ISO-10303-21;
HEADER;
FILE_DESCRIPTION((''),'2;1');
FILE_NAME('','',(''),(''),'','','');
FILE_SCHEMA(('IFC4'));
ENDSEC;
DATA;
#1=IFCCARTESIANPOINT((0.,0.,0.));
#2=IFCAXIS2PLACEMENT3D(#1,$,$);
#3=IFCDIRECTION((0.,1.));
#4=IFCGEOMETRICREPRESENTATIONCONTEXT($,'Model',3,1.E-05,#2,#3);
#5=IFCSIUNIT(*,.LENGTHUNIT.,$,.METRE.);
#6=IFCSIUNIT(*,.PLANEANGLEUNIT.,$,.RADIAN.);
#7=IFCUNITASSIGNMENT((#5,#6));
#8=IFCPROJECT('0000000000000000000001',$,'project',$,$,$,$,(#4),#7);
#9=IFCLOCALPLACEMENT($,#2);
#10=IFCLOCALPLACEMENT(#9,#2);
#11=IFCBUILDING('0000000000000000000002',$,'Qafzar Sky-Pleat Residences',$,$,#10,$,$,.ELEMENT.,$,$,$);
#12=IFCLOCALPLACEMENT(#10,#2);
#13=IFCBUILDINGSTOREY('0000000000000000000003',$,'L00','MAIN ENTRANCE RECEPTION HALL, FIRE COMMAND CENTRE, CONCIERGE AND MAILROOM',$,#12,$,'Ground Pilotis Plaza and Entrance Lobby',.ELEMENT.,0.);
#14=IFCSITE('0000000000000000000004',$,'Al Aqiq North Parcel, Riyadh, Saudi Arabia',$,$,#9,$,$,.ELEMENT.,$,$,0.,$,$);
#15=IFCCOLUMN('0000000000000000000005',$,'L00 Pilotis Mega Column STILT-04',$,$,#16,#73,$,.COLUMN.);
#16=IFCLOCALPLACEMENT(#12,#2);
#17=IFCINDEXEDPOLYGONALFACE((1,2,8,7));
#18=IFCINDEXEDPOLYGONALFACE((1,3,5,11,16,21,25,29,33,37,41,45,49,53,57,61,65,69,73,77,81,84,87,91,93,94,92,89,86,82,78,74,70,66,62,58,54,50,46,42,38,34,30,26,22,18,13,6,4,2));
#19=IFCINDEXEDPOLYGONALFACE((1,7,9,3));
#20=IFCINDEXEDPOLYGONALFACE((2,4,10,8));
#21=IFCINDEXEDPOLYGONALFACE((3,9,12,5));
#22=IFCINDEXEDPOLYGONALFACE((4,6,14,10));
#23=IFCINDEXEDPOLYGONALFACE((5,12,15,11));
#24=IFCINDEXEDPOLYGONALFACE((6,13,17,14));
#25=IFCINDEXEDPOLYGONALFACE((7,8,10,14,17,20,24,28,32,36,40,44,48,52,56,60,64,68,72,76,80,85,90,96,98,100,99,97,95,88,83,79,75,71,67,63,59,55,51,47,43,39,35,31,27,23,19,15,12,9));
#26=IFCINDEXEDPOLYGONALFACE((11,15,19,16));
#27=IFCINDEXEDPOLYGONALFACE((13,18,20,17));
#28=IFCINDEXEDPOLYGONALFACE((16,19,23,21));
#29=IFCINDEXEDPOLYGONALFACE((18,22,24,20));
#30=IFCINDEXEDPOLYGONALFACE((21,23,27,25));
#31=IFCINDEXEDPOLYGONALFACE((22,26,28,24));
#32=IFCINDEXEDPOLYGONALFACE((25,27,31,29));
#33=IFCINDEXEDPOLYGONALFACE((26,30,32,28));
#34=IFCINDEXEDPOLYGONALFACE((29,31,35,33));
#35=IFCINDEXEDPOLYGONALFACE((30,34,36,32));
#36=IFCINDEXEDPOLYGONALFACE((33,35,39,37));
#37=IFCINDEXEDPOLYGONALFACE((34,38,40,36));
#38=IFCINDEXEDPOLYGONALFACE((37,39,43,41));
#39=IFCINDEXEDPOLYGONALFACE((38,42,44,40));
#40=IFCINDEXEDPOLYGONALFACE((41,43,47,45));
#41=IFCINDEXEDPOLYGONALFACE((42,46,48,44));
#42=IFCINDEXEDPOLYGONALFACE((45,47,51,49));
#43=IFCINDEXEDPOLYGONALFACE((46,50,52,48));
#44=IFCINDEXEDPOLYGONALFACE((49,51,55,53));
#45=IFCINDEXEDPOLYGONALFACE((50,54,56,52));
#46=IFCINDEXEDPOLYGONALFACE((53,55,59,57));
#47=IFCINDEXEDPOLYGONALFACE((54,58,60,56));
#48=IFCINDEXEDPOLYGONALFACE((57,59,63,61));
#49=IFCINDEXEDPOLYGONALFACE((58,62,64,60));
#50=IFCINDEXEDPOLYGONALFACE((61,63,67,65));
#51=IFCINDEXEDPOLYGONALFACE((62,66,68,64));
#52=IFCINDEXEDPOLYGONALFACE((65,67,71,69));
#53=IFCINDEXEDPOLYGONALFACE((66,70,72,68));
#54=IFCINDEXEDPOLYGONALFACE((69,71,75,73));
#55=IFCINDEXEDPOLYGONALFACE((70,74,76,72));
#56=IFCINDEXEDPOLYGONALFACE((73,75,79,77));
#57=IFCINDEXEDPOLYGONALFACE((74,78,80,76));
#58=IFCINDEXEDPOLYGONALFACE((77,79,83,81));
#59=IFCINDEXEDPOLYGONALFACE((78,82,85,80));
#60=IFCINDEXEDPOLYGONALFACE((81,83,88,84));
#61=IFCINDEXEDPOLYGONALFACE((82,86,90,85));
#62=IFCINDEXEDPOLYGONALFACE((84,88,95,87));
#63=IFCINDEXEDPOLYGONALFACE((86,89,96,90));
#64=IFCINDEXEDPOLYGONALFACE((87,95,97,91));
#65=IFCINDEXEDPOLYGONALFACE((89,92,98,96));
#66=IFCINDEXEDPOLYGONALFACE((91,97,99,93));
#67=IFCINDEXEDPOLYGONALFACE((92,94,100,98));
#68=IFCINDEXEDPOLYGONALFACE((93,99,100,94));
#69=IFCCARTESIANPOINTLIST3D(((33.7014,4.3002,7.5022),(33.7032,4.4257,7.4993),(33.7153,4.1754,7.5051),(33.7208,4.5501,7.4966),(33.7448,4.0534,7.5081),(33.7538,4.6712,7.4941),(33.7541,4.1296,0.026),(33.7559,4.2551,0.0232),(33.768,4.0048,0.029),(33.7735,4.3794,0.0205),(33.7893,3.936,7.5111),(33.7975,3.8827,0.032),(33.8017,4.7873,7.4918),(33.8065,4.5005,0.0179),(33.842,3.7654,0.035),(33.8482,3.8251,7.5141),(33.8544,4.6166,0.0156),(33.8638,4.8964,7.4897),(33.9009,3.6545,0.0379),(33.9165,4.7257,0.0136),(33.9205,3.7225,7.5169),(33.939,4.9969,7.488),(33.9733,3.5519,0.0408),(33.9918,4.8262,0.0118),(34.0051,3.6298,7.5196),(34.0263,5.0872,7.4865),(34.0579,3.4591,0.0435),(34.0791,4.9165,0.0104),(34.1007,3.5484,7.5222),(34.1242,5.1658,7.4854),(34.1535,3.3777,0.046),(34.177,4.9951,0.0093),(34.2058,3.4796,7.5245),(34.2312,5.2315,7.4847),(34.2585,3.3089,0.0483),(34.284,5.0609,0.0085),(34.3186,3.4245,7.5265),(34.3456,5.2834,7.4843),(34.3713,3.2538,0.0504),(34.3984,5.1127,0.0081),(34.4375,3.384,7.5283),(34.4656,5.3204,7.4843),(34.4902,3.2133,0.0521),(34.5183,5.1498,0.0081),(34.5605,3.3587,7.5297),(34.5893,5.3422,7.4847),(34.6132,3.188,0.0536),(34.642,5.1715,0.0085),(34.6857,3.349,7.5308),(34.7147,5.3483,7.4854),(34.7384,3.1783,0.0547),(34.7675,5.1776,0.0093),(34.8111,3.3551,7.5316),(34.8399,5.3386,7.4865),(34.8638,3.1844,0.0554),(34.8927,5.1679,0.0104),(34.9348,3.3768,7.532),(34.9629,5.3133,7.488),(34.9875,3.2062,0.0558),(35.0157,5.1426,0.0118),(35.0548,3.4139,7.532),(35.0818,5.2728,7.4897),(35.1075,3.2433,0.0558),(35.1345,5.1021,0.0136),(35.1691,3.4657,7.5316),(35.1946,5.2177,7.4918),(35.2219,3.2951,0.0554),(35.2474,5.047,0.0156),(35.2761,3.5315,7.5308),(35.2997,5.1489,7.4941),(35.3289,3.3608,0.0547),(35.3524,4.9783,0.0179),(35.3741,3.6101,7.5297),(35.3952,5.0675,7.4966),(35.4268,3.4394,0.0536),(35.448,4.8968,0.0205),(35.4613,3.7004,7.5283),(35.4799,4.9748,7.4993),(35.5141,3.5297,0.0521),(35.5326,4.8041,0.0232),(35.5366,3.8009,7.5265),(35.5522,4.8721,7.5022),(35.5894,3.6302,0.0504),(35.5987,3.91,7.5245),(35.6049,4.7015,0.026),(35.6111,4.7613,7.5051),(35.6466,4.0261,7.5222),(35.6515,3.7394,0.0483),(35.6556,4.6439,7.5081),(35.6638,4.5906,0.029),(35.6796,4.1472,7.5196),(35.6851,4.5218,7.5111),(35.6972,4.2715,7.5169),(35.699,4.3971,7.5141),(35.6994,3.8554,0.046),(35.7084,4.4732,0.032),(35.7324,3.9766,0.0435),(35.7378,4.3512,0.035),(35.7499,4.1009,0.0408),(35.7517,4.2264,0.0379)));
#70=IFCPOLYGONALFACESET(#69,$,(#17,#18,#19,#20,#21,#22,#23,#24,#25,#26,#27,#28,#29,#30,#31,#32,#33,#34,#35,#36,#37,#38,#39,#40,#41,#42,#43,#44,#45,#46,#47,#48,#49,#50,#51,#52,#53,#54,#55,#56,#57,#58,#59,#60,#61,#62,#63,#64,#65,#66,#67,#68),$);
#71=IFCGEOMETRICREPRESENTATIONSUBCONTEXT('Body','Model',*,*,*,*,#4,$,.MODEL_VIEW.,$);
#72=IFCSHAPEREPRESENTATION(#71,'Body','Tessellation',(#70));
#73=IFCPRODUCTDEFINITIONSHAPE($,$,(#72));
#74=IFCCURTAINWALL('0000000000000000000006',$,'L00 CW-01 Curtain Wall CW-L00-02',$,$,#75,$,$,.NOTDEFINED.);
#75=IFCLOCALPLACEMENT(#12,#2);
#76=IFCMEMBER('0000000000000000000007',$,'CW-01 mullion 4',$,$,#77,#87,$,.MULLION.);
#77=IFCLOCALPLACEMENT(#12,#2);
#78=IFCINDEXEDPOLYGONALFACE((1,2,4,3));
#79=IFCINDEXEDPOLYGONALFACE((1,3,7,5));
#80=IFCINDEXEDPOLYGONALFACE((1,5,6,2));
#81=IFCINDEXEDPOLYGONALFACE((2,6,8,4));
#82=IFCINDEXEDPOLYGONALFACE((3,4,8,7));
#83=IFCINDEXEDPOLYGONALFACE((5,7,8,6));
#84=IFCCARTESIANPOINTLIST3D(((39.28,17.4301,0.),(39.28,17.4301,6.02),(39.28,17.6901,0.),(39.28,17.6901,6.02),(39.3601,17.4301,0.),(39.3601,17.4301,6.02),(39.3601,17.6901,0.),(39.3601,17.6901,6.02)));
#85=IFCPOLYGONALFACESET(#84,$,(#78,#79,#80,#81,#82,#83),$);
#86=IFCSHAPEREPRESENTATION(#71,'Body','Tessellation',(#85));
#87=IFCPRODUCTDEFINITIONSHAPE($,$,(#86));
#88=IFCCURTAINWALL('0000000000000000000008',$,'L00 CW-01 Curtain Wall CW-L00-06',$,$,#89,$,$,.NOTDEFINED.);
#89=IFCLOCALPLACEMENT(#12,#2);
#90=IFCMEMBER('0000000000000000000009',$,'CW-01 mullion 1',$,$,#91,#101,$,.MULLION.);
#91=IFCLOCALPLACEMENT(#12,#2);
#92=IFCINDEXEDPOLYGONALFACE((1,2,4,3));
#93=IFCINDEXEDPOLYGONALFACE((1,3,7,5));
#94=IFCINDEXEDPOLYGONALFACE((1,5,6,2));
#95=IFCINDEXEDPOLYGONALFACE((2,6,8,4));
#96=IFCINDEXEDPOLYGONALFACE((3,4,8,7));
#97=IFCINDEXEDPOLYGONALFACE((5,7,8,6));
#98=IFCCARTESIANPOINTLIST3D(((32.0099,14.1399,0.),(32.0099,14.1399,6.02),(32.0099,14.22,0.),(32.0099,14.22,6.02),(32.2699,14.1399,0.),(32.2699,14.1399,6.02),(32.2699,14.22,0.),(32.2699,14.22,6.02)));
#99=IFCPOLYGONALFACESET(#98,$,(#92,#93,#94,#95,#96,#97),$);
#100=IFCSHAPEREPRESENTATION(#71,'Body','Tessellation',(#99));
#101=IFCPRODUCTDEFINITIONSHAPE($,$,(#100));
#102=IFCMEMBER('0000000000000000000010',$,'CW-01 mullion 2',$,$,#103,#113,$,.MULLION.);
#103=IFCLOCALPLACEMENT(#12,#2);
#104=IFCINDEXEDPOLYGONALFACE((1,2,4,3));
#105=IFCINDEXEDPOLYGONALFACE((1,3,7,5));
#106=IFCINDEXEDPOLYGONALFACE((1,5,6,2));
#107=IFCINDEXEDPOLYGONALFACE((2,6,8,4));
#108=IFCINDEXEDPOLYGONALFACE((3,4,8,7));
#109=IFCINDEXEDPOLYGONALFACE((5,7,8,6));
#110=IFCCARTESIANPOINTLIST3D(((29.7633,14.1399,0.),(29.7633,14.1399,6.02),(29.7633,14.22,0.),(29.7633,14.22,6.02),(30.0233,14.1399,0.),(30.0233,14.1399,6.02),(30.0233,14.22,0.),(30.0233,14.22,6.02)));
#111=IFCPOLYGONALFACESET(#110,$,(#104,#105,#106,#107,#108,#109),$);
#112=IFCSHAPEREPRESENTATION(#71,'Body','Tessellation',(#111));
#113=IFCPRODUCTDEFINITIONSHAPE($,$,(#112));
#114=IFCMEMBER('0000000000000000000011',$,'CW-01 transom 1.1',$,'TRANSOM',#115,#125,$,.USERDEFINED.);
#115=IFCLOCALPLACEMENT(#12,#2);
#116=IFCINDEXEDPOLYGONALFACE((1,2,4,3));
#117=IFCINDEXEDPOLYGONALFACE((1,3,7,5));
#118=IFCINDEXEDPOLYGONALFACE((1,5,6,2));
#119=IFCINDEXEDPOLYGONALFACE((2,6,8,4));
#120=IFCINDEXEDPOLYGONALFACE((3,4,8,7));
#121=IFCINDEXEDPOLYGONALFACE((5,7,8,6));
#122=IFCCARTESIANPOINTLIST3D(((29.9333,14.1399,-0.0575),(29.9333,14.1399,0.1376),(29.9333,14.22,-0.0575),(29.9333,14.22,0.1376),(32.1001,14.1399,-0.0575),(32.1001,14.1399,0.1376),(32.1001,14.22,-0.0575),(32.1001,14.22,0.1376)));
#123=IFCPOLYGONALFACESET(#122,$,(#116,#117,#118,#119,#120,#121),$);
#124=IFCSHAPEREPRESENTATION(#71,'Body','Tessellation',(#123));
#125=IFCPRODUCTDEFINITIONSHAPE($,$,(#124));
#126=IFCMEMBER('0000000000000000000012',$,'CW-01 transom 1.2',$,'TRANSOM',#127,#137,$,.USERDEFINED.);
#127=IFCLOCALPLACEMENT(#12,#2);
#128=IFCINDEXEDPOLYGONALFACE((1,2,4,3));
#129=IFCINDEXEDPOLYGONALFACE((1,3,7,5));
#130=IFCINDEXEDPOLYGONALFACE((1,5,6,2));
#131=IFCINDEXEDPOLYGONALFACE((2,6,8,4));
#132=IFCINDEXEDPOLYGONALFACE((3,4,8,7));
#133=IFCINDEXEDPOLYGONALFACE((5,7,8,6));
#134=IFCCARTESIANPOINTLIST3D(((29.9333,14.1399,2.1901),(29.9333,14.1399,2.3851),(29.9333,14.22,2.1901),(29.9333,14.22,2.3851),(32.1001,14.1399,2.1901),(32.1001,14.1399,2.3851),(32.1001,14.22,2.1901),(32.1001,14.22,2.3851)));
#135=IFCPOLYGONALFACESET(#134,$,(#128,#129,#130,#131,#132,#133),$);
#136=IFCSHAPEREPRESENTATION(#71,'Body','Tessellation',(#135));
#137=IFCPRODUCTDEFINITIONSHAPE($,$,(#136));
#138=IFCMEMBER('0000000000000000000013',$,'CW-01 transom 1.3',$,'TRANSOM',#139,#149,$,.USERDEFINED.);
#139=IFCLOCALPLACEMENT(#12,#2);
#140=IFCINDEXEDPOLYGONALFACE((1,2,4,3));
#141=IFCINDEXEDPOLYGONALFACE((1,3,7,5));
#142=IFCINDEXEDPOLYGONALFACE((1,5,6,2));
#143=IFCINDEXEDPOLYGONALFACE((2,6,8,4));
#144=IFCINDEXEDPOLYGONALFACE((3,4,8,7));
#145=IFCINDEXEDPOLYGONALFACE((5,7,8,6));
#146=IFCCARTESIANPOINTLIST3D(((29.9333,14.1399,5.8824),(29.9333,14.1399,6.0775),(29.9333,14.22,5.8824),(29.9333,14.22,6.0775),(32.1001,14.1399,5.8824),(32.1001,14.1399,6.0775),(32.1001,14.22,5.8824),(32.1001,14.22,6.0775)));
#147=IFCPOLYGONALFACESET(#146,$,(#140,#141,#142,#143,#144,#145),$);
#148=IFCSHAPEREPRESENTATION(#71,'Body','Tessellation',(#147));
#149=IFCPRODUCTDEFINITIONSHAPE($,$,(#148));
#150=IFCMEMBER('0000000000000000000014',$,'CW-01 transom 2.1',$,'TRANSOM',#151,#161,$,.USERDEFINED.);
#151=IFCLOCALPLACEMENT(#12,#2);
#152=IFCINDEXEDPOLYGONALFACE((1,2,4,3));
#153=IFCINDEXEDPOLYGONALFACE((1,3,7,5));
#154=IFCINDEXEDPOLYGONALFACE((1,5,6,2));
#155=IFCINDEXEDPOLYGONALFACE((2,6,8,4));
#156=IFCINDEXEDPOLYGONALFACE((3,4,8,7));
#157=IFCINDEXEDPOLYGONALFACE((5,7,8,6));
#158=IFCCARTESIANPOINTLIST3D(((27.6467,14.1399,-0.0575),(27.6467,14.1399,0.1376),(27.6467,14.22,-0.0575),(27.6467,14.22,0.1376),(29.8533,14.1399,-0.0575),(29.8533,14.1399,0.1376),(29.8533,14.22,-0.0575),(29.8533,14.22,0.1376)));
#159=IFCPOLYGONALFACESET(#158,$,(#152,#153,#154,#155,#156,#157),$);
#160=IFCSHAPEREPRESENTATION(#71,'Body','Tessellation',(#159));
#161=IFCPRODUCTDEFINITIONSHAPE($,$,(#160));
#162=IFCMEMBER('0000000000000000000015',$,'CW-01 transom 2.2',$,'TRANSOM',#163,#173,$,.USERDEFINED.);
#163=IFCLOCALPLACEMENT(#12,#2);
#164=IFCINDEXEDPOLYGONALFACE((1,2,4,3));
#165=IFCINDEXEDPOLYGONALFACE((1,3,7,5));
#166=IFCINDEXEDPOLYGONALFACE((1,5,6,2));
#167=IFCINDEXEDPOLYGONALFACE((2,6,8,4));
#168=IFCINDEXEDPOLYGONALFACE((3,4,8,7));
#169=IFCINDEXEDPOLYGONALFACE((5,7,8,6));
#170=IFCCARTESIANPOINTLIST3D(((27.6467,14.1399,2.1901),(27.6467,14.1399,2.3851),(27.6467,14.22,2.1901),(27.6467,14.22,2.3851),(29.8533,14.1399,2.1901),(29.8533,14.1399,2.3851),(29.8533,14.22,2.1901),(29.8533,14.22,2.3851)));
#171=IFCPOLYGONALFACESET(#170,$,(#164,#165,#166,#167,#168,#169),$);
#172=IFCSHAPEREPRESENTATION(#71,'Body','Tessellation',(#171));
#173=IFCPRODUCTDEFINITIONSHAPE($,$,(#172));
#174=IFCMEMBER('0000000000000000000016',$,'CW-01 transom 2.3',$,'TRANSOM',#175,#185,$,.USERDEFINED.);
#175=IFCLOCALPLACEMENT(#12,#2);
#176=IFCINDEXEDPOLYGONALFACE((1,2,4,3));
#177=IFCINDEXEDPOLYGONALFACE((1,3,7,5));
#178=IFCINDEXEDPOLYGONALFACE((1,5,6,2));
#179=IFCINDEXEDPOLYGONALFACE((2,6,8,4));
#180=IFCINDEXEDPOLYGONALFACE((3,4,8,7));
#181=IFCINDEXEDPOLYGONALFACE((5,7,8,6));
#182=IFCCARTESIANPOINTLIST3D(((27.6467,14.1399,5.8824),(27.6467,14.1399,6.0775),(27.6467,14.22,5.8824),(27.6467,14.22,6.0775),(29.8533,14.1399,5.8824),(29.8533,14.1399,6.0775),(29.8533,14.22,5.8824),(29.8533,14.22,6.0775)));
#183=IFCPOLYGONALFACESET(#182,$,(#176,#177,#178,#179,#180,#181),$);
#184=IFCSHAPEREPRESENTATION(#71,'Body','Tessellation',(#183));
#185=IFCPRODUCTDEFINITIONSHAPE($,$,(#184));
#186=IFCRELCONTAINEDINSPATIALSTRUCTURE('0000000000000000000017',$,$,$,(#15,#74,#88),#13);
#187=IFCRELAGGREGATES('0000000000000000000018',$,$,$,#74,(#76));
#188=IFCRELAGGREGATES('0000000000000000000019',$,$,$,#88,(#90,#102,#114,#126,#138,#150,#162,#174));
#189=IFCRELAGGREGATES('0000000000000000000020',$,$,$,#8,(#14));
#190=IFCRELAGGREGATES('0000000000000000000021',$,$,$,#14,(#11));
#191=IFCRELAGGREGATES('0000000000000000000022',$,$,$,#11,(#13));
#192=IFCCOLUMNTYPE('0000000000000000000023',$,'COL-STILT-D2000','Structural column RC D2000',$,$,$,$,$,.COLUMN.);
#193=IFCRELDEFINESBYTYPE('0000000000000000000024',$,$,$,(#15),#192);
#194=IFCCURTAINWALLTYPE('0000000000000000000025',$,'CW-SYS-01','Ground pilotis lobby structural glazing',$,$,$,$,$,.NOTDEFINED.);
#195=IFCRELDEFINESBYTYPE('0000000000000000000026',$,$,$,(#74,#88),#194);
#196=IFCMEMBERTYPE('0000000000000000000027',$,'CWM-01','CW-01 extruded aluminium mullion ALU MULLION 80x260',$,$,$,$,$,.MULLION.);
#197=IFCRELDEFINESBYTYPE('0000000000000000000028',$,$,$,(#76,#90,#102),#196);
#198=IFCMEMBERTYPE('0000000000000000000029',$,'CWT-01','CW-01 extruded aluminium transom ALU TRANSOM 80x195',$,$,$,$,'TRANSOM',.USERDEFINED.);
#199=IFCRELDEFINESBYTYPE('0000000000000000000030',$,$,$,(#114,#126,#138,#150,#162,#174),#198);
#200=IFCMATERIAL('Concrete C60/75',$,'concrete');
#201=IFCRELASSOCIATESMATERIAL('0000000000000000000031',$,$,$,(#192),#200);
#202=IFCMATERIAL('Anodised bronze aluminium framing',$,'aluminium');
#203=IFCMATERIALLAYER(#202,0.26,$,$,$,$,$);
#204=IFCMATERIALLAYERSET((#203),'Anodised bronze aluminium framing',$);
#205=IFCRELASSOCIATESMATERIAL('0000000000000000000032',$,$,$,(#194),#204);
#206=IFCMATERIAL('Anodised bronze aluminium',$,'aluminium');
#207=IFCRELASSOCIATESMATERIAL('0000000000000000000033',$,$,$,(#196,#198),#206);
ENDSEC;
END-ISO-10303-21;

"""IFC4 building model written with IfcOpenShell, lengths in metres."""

from ifc_helpers import new_model, si_unit, direction, frame, origin, origin_2d, place, context, subcontext, project, spatial, rectangle, circle, extrude, source, transform, mapped, material, layer, layer_set, material_profile, profile_set, type_object, element, aggregate, save


model = new_model("IFC4")

# Units and contexts
model_context = context("Model", 3, precision=1e-05, world=origin(), true_north=direction((0.0, 1.0)))
body_context = subcontext(model_context, "Body", "Model", "MODEL_VIEW")
ifc_project = project(units=[si_unit("LENGTHUNIT", "METRE"), si_unit("PLANEANGLEUNIT", "RADIAN")], contexts=[model_context])

# Site, building, storey
site_placement = place(None, origin())
site = spatial("IfcSite", under=ifc_project, at=site_placement, Name="Al Aqiq North Parcel, Riyadh, Saudi Arabia", CompositionType="ELEMENT", RefElevation=0.0)
building_placement = place(site_placement, origin())
building = spatial("IfcBuilding", under=site, at=building_placement, Name="Qafzar Sky-Pleat Residences", CompositionType="ELEMENT")
storey_placement = place(building_placement, origin())
storey = spatial("IfcBuildingStorey", under=building, at=storey_placement, Name="L00", Description="MAIN ENTRANCE RECEPTION HALL, FIRE COMMAND CENTRE, CONCIERGE AND MAILROOM", LongName="Ground Pilotis Plaza and Entrance Lobby", CompositionType="ELEMENT", Elevation=0.0)

# Column
ifc_material_1 = material(Name="Concrete C60/75", Category="concrete")
ifc_material_profile_1 = material_profile(ifc_material_1, circle(Radius=1.0, at=origin_2d()), Name="RC D2000")
ifc_profile_set_1 = profile_set([ifc_material_profile_1], Name="Concrete C60/75")
column_type = type_object("IfcColumnType", Name="COL-STILT-D2000", Description="Structural column RC D2000", PredefinedType="COLUMN", material=ifc_profile_set_1)
shared_shape_1 = source(origin(), body_context, "Body", "SweptSolid", [
    extrude(circle(Radius=1.0, at=origin_2d()), origin(), (0.0, 0.0, 1.0), 7.4783),
])
column_placement = place(storey_placement, frame((34.7529, 4.178, 0.032), z_axis=(-0.007052, 0.02282, 0.999715), x_axis=(-0.955424, -0.295238, 0.0)))
element("IfcColumn", 1, at=column_placement, inside=storey, type_object=column_type, Name="L00 Pilotis Mega Column STILT-04", PredefinedType="COLUMN", context=body_context, shape_type="MappedRepresentation", body=[
    mapped(shared_shape_1, transform((0.0, 0.0, 0.0), x_axis=(1.0, 0.0, 0.0), y_axis=(0.0, 1.0, 0.0), z_axis=(0.0, 0.0, 1.0), scale=1.0)),
])

# Curtain wall, member
ifc_material_2 = material(Name="Anodised bronze aluminium framing", Category="aluminium")
ifc_layer_1 = layer(ifc_material_2, 0.26)
ifc_layer_set_1 = layer_set([ifc_layer_1], Name="Anodised bronze aluminium framing")
curtain_wall_type = type_object("IfcCurtainWallType", Name="CW-SYS-01", Description="Ground pilotis lobby structural glazing", PredefinedType="NOTDEFINED", material=ifc_layer_set_1)
curtain_wall_1_placement = place(storey_placement, origin())
curtain_wall_1 = element("IfcCurtainWall", 2, at=curtain_wall_1_placement, inside=storey, type_object=curtain_wall_type, Name="L00 CW-01 Curtain Wall CW-L00-02", PredefinedType="NOTDEFINED")
ifc_material_3 = material(Name="Anodised bronze aluminium", Category="aluminium")
ifc_material_profile_2 = material_profile(ifc_material_3, rectangle(XDim=0.0801, YDim=0.26, at=origin_2d()), Name="ALU MULLION 80x260")
ifc_profile_set_2 = profile_set([ifc_material_profile_2], Name="Anodised bronze aluminium")
member_type_1 = type_object("IfcMemberType", Name="CWM-01", Description="CW-01 extruded aluminium mullion ALU MULLION 80x260", PredefinedType="MULLION", material=ifc_profile_set_2)
shared_shape_2 = source(origin(), body_context, "Body", "SweptSolid", [
    extrude(rectangle(XDim=0.0801, YDim=0.26, at=origin_2d()), origin(), (0.0, 0.0, 1.0), 6.02),
])
member_1_placement = place(storey_placement, frame((39.3201, 17.5601, 0.0), z_axis=(0.0, 0.0, 1.0), x_axis=(1.0, 0.0, 0.0)))
member_1 = element("IfcMember", 3, at=member_1_placement, type_object=member_type_1, Name="CW-01 mullion 4", PredefinedType="MULLION", context=body_context, shape_type="MappedRepresentation", body=[
    mapped(shared_shape_2, transform((0.0, 0.0, 0.0), x_axis=(1.0, 0.0, 0.0), y_axis=(0.0, 1.0, 0.0), z_axis=(0.0, 0.0, 1.0), scale=1.0)),
])

# Curtain wall, members
curtain_wall_2_placement = place(storey_placement, origin())
curtain_wall_2 = element("IfcCurtainWall", 4, at=curtain_wall_2_placement, inside=storey, type_object=curtain_wall_type, Name="L00 CW-01 Curtain Wall CW-L00-06", PredefinedType="NOTDEFINED")
member_2_placement = place(storey_placement, frame((32.1399, 14.1799, 0.0), z_axis=(0.0, 0.0, 1.0), x_axis=(0.0, -1.0, 0.0)))
member_2 = element("IfcMember", 5, at=member_2_placement, type_object=member_type_1, Name="CW-01 mullion 1", PredefinedType="MULLION", context=body_context, shape_type="MappedRepresentation", body=[
    mapped(shared_shape_2, transform((0.0, 0.0, 0.0), x_axis=(1.0, 0.0, 0.0), y_axis=(0.0, 1.0, 0.0), z_axis=(0.0, 0.0, 1.0), scale=1.0)),
])
member_3_placement = place(storey_placement, frame((29.8933, 14.1799, 0.0), z_axis=(0.0, 0.0, 1.0), x_axis=(0.0, -1.0, 0.0)))
member_3 = element("IfcMember", 6, at=member_3_placement, type_object=member_type_1, Name="CW-01 mullion 2", PredefinedType="MULLION", context=body_context, shape_type="MappedRepresentation", body=[
    mapped(shared_shape_2, transform((0.0, 0.0, 0.0), x_axis=(1.0, 0.0, 0.0), y_axis=(0.0, 1.0, 0.0), z_axis=(0.0, 0.0, 1.0), scale=1.0)),
])
ifc_material_profile_3 = material_profile(ifc_material_3, rectangle(XDim=0.0801, YDim=0.1951, at=origin_2d()), Name="ALU TRANSOM 80x195")
ifc_profile_set_3 = profile_set([ifc_material_profile_3], Name="Anodised bronze aluminium")
member_type_2 = type_object("IfcMemberType", Name="CWT-01", Description="CW-01 extruded aluminium transom ALU TRANSOM 80x195", ElementType="TRANSOM", PredefinedType="USERDEFINED", material=ifc_profile_set_3)
shared_shape_3 = source(origin(), body_context, "Body", "SweptSolid", [
    extrude(rectangle(XDim=0.0801, YDim=0.1951, at=origin_2d()), origin(), (0.0, 0.0, 1.0), 2.1667),
])
member_4_placement = place(storey_placement, frame((32.1001, 14.1799, 0.04), z_axis=(-1.0, 0.0, 0.0), x_axis=(0.0, -1.0, 0.0)))
member_4 = element("IfcMember", 7, at=member_4_placement, type_object=member_type_2, Name="CW-01 transom 1.1", ObjectType="TRANSOM", PredefinedType="USERDEFINED", context=body_context, shape_type="MappedRepresentation", body=[
    mapped(shared_shape_3, transform((0.0, 0.0, 0.0), x_axis=(1.0, 0.0, 0.0), y_axis=(0.0, 1.0, 0.0), z_axis=(0.0, 0.0, 1.0), scale=1.0)),
])
member_5_placement = place(storey_placement, frame((32.1001, 14.1799, 2.2876), z_axis=(-1.0, 0.0, 0.0), x_axis=(0.0, -1.0, 0.0)))
member_5 = element("IfcMember", 8, at=member_5_placement, type_object=member_type_2, Name="CW-01 transom 1.2", ObjectType="TRANSOM", PredefinedType="USERDEFINED", context=body_context, shape_type="MappedRepresentation", body=[
    mapped(shared_shape_3, transform((0.0, 0.0, 0.0), x_axis=(1.0, 0.0, 0.0), y_axis=(0.0, 1.0, 0.0), z_axis=(0.0, 0.0, 1.0), scale=1.0)),
])
member_6_placement = place(storey_placement, frame((32.1001, 14.1799, 5.98), z_axis=(-1.0, 0.0, 0.0), x_axis=(0.0, -1.0, 0.0)))
member_6 = element("IfcMember", 9, at=member_6_placement, type_object=member_type_2, Name="CW-01 transom 1.3", ObjectType="TRANSOM", PredefinedType="USERDEFINED", context=body_context, shape_type="MappedRepresentation", body=[
    mapped(shared_shape_3, transform((0.0, 0.0, 0.0), x_axis=(1.0, 0.0, 0.0), y_axis=(0.0, 1.0, 0.0), z_axis=(0.0, 0.0, 1.0), scale=1.0)),
])
shared_shape_4 = source(origin(), body_context, "Body", "SweptSolid", [
    extrude(rectangle(XDim=0.0801, YDim=0.1951, at=origin_2d()), origin(), (0.0, 0.0, 1.0), 2.2065),
])
member_7_placement = place(storey_placement, frame((29.8533, 14.1799, 0.04), z_axis=(-1.0, 0.0, 0.0), x_axis=(0.0, -1.0, 0.0)))
member_7 = element("IfcMember", 10, at=member_7_placement, type_object=member_type_2, Name="CW-01 transom 2.1", ObjectType="TRANSOM", PredefinedType="USERDEFINED", context=body_context, shape_type="MappedRepresentation", body=[
    mapped(shared_shape_4, transform((0.0, 0.0, 0.0), x_axis=(1.0, 0.0, 0.0), y_axis=(0.0, 1.0, 0.0), z_axis=(0.0, 0.0, 1.0), scale=1.0)),
])
member_8_placement = place(storey_placement, frame((29.8533, 14.1799, 2.2876), z_axis=(-1.0, 0.0, 0.0), x_axis=(0.0, -1.0, 0.0)))
member_8 = element("IfcMember", 11, at=member_8_placement, type_object=member_type_2, Name="CW-01 transom 2.2", ObjectType="TRANSOM", PredefinedType="USERDEFINED", context=body_context, shape_type="MappedRepresentation", body=[
    mapped(shared_shape_4, transform((0.0, 0.0, 0.0), x_axis=(1.0, 0.0, 0.0), y_axis=(0.0, 1.0, 0.0), z_axis=(0.0, 0.0, 1.0), scale=1.0)),
])
member_9_placement = place(storey_placement, frame((29.8533, 14.1799, 5.98), z_axis=(-1.0, 0.0, 0.0), x_axis=(0.0, -1.0, 0.0)))
member_9 = element("IfcMember", 12, at=member_9_placement, type_object=member_type_2, Name="CW-01 transom 2.3", ObjectType="TRANSOM", PredefinedType="USERDEFINED", context=body_context, shape_type="MappedRepresentation", body=[
    mapped(shared_shape_4, transform((0.0, 0.0, 0.0), x_axis=(1.0, 0.0, 0.0), y_axis=(0.0, 1.0, 0.0), z_axis=(0.0, 0.0, 1.0), scale=1.0)),
])

aggregate(curtain_wall_1, [member_1])
aggregate(curtain_wall_2, [member_2, member_3, member_4, member_5, member_6, member_7, member_8, member_9])

save(model, "model.ifc")
